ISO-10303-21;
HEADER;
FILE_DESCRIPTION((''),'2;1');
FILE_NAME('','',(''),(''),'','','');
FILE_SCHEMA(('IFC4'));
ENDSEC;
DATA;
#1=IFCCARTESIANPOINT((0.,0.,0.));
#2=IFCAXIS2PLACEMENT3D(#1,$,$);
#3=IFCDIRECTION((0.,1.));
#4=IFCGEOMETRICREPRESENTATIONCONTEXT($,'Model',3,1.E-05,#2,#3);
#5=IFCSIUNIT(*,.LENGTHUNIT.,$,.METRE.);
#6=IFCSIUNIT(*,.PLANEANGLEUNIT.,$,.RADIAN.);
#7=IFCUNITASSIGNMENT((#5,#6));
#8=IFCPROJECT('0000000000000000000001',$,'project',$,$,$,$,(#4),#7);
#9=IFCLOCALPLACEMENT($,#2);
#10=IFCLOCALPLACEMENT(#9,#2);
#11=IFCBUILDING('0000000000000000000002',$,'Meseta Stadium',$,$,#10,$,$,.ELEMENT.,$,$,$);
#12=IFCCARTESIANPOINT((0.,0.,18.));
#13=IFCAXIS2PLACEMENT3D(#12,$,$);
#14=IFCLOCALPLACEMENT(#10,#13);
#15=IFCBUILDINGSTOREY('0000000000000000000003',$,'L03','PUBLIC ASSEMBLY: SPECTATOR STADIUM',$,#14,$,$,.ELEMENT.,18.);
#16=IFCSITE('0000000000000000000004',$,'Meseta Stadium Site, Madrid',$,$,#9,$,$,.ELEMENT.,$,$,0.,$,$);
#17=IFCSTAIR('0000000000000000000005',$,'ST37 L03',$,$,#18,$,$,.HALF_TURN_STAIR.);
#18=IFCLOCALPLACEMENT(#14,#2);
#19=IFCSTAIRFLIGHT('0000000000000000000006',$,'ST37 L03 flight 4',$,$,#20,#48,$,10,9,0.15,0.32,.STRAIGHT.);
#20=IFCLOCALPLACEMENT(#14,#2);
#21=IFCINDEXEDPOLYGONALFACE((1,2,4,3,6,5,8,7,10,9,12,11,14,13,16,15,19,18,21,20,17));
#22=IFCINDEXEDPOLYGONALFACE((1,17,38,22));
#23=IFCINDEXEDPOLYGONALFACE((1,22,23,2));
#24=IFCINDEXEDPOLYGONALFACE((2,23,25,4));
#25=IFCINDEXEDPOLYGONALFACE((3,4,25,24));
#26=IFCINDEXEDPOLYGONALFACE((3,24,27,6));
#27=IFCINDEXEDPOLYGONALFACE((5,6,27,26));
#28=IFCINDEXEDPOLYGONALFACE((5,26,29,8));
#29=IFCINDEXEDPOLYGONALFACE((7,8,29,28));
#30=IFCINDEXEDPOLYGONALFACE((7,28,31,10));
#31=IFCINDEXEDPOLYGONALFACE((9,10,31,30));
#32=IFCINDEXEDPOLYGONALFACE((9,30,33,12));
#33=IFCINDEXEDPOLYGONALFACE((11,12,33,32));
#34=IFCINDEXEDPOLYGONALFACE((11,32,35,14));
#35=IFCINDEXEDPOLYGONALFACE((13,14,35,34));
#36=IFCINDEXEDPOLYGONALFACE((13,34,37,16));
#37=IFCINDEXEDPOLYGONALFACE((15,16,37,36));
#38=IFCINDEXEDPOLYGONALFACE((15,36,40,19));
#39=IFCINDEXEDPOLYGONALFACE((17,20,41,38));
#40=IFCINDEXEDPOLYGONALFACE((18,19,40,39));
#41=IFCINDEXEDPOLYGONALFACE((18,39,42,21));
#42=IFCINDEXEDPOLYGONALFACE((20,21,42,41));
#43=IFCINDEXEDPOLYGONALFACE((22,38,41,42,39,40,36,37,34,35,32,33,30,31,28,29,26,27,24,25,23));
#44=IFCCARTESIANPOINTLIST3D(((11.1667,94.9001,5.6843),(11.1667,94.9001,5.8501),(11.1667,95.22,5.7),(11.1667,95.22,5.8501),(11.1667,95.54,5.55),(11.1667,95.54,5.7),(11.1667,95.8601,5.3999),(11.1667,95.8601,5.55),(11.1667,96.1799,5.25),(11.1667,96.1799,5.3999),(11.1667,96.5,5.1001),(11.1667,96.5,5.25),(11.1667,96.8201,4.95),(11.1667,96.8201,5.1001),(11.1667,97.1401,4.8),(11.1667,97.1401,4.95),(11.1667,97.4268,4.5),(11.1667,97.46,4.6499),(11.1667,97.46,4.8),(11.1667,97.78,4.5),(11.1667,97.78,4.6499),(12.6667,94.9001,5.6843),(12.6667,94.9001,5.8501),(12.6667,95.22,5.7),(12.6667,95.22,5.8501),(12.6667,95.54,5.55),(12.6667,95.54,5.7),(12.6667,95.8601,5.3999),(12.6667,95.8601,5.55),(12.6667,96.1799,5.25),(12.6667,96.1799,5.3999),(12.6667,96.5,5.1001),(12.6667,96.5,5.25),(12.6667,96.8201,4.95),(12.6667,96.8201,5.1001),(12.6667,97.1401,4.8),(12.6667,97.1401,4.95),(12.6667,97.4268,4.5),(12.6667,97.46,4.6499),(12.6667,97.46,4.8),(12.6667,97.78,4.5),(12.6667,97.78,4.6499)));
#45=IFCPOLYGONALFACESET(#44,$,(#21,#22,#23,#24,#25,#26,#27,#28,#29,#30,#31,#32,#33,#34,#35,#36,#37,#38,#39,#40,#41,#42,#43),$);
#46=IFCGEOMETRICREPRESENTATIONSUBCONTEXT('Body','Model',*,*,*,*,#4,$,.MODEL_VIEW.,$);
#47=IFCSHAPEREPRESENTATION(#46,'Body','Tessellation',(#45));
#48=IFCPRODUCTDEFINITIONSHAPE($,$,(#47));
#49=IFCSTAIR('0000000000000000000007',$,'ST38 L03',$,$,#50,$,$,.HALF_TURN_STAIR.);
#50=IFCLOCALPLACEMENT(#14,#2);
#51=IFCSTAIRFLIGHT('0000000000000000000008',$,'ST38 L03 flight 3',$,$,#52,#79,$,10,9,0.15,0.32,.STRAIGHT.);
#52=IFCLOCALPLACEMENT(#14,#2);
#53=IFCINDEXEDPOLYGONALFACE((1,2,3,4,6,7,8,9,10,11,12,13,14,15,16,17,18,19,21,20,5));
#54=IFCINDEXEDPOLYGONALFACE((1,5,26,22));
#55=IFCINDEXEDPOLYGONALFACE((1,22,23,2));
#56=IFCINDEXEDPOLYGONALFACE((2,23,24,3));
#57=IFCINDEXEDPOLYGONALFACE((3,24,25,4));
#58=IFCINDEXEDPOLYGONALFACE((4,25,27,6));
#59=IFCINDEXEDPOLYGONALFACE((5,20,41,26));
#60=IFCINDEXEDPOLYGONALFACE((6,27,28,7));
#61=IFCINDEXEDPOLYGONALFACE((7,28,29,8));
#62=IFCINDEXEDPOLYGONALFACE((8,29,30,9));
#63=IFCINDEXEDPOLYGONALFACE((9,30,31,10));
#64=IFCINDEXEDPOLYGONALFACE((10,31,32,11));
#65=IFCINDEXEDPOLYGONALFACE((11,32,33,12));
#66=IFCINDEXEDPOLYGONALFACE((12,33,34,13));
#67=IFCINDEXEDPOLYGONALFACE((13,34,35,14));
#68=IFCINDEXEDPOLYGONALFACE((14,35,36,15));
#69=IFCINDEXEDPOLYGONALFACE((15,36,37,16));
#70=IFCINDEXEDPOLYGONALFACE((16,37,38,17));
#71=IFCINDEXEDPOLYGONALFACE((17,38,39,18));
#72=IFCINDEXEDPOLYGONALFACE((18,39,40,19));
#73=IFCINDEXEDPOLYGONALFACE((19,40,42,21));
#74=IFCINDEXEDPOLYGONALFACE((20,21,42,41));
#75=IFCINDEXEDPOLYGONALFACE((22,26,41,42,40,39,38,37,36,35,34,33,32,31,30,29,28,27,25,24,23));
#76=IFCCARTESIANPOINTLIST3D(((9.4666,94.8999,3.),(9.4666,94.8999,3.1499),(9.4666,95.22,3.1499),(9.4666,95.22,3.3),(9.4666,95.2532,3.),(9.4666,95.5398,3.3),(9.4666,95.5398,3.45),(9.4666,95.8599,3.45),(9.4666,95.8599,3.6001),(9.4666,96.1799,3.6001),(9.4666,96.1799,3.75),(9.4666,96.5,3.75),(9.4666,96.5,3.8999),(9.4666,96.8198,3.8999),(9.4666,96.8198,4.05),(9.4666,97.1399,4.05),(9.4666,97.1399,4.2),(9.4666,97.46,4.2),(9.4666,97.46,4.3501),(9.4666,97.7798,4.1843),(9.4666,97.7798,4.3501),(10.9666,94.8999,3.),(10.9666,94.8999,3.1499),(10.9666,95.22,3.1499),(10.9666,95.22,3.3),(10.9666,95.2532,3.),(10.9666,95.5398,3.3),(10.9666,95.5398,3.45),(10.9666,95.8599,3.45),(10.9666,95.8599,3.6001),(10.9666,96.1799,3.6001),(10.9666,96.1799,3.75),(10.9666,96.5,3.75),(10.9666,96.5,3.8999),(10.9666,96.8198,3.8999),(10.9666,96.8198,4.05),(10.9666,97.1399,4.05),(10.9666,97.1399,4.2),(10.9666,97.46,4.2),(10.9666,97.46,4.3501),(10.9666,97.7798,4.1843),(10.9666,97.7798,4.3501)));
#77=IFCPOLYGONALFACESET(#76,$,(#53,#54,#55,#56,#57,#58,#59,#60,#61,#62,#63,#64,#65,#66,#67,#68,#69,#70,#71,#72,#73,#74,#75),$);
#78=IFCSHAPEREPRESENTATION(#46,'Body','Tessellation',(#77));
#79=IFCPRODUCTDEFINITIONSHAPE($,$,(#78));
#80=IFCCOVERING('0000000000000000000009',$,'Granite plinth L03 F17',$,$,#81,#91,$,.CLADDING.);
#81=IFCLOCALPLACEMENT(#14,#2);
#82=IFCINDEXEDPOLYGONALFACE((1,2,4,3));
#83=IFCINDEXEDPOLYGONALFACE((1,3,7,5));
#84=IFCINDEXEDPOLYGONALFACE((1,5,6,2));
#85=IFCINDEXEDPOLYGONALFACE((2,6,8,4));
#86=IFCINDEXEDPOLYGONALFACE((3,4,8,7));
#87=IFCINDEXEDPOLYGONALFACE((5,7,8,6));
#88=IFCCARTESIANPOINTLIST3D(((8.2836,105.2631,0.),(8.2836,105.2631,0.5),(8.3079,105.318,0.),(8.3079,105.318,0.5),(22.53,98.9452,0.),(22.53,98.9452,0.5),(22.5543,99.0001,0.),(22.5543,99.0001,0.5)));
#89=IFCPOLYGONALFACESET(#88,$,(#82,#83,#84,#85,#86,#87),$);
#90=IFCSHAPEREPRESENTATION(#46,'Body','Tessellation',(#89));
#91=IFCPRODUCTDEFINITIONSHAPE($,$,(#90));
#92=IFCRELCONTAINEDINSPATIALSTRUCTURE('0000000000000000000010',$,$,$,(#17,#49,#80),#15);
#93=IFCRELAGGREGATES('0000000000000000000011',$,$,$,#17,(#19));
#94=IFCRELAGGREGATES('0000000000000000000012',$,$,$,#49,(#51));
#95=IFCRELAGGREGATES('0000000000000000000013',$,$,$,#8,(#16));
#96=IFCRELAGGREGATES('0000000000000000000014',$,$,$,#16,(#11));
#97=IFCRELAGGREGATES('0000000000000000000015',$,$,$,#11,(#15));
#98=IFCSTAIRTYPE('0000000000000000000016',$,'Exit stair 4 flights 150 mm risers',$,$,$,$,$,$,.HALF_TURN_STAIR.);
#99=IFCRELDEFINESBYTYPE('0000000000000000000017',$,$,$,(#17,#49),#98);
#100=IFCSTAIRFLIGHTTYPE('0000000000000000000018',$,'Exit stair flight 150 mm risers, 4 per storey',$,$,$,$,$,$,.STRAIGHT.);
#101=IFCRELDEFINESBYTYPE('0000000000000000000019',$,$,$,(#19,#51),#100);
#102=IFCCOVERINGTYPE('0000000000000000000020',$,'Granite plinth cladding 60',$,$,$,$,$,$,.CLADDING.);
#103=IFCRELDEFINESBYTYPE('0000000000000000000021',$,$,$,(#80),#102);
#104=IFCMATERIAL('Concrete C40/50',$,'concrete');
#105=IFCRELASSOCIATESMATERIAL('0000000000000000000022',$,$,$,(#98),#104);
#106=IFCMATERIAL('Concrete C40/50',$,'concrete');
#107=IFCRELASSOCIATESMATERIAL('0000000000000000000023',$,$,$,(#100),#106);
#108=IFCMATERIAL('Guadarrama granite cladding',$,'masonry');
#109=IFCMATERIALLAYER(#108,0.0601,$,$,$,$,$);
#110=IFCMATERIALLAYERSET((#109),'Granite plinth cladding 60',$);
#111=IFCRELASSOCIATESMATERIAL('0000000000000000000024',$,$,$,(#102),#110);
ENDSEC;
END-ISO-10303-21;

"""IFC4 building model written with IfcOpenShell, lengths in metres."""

from ifc_helpers import new_model, si_unit, direction, frame, origin, origin_2d, place, context, subcontext, project, spatial, polyline, rectangle, outline, extrude, material, layer, layer_set, type_object, element, aggregate, save


model = new_model("IFC4")

# Units and contexts
model_context = context("Model", 3, precision=1e-05, world=origin(), true_north=direction((0.0, 1.0)))
body_context = subcontext(model_context, "Body", "Model", "MODEL_VIEW")
ifc_project = project(units=[si_unit("LENGTHUNIT", "METRE"), si_unit("PLANEANGLEUNIT", "RADIAN")], contexts=[model_context])

# Site, building, storey
site_placement = place(None, origin())
site = spatial("IfcSite", under=ifc_project, at=site_placement, Name="Meseta Stadium Site, Madrid", CompositionType="ELEMENT", RefElevation=0.0)
building_placement = place(site_placement, origin())
building = spatial("IfcBuilding", under=site, at=building_placement, Name="Meseta Stadium", CompositionType="ELEMENT")
storey_placement = place(building_placement, frame((0.0, 0.0, 18.0)))
storey = spatial("IfcBuildingStorey", under=building, at=storey_placement, Name="L03", Description="PUBLIC ASSEMBLY: SPECTATOR STADIUM", CompositionType="ELEMENT", Elevation=18.0)

# Stair, stair flight
ifc_material_1 = material(Name="Concrete C40/50", Category="concrete")
stair_type = type_object("IfcStairType", Name="Exit stair 4 flights 150 mm risers", PredefinedType="HALF_TURN_STAIR", material=ifc_material_1)
stair_1_placement = place(storey_placement, origin())
stair_1 = element("IfcStair", 1, at=stair_1_placement, inside=storey, type_object=stair_type, Name="ST37 L03", PredefinedType="HALF_TURN_STAIR")
ifc_material_2 = material(Name="Concrete C40/50", Category="concrete")
stair_flight_type = type_object("IfcStairFlightType", Name="Exit stair flight 150 mm risers, 4 per storey", PredefinedType="STRAIGHT", material=ifc_material_2)
stair_flight_1_placement = place(storey_placement, frame((11.9167, 97.78, 4.5), z_axis=(0.0, 0.0, 1.0), x_axis=(0.0, -1.0, 0.0)))
stair_flight_1 = element("IfcStairFlight", 2, at=stair_flight_1_placement, type_object=stair_flight_type, Name="ST37 L03 flight 4", NumberOfRisers=10, NumberOfTreads=9, PredefinedType="STRAIGHT", RiserHeight=0.15, TreadLength=0.32, context=body_context, shape_type="SweptSolid", body=[
    extrude(outline(polyline([(0.0, 0.0), (0.0, 0.1499), (0.3201, 0.1499), (0.3201, 0.3), (0.6399, 0.3), (0.6399, 0.45), (0.96, 0.45), (0.96, 0.6001), (1.28, 0.6001), (1.28, 0.75), (1.6001, 0.75), (1.6001, 0.8999), (1.9199, 0.8999), (1.9199, 1.05), (2.24, 1.05), (2.24, 1.2), (2.5601, 1.2), (2.5601, 1.3501), (2.8799, 1.3501), (2.8799, 1.1843), (0.3533, 0.0), (0.0, 0.0)])), frame((0.0, 0.75, 0.0), z_axis=(0.0, -1.0, 0.0), x_axis=(1.0, 0.0, 0.0)), (0.0, 0.0, 1.0), 1.5),
])
aggregate(stair_1, [stair_flight_1])

# Stair, stair flight
stair_2_placement = place(storey_placement, origin())
stair_2 = element("IfcStair", 3, at=stair_2_placement, inside=storey, type_object=stair_type, Name="ST38 L03", PredefinedType="HALF_TURN_STAIR")
stair_flight_2_placement = place(storey_placement, frame((10.2166, 94.8999, 3.0), z_axis=(0.0, 0.0, 1.0), x_axis=(0.0, 1.0, 0.0)))
stair_flight_2 = element("IfcStairFlight", 4, at=stair_flight_2_placement, type_object=stair_flight_type, Name="ST38 L03 flight 3", NumberOfRisers=10, NumberOfTreads=9, PredefinedType="STRAIGHT", RiserHeight=0.15, TreadLength=0.32, context=body_context, shape_type="SweptSolid", body=[
    extrude(outline(polyline([(0.0, 0.0), (0.0, 0.1499), (0.3201, 0.1499), (0.3201, 0.3), (0.6399, 0.3), (0.6399, 0.45), (0.96, 0.45), (0.96, 0.6001), (1.28, 0.6001), (1.28, 0.75), (1.6001, 0.75), (1.6001, 0.8999), (1.9199, 0.8999), (1.9199, 1.05), (2.24, 1.05), (2.24, 1.2), (2.5601, 1.2), (2.5601, 1.3501), (2.8799, 1.3501), (2.8799, 1.1843), (0.3533, 0.0), (0.0, 0.0)])), frame((0.0, 0.75, 0.0), z_axis=(0.0, -1.0, 0.0), x_axis=(1.0, 0.0, 0.0)), (0.0, 0.0, 1.0), 1.5),
])
aggregate(stair_2, [stair_flight_2])

# Covering
ifc_material_3 = material(Name="Guadarrama granite cladding", Category="masonry")
ifc_layer_1 = layer(ifc_material_3, 0.0601)
ifc_layer_set_1 = layer_set([ifc_layer_1], Name="Granite plinth cladding 60")
covering_type_1 = type_object("IfcCoveringType", Name="Granite plinth cladding 60", PredefinedType="CLADDING", material=ifc_layer_set_1)
covering_1_placement = place(storey_placement, frame((15.4189, 102.1316, 0.0), z_axis=(0.0, 0.0, 1.0), x_axis=(0.914139, -0.4054, 0.0)))
element("IfcCovering", 5, at=covering_1_placement, inside=storey, type_object=covering_type_1, Name="Granite plinth L03 F17", PredefinedType="CLADDING", context=body_context, shape_type="SweptSolid", body=[
    extrude(rectangle(XDim=15.5845, YDim=0.0601, at=origin_2d()), origin(), (0.0, 0.0, 1.0), 0.5),
])

save(model, "model.ifc")
